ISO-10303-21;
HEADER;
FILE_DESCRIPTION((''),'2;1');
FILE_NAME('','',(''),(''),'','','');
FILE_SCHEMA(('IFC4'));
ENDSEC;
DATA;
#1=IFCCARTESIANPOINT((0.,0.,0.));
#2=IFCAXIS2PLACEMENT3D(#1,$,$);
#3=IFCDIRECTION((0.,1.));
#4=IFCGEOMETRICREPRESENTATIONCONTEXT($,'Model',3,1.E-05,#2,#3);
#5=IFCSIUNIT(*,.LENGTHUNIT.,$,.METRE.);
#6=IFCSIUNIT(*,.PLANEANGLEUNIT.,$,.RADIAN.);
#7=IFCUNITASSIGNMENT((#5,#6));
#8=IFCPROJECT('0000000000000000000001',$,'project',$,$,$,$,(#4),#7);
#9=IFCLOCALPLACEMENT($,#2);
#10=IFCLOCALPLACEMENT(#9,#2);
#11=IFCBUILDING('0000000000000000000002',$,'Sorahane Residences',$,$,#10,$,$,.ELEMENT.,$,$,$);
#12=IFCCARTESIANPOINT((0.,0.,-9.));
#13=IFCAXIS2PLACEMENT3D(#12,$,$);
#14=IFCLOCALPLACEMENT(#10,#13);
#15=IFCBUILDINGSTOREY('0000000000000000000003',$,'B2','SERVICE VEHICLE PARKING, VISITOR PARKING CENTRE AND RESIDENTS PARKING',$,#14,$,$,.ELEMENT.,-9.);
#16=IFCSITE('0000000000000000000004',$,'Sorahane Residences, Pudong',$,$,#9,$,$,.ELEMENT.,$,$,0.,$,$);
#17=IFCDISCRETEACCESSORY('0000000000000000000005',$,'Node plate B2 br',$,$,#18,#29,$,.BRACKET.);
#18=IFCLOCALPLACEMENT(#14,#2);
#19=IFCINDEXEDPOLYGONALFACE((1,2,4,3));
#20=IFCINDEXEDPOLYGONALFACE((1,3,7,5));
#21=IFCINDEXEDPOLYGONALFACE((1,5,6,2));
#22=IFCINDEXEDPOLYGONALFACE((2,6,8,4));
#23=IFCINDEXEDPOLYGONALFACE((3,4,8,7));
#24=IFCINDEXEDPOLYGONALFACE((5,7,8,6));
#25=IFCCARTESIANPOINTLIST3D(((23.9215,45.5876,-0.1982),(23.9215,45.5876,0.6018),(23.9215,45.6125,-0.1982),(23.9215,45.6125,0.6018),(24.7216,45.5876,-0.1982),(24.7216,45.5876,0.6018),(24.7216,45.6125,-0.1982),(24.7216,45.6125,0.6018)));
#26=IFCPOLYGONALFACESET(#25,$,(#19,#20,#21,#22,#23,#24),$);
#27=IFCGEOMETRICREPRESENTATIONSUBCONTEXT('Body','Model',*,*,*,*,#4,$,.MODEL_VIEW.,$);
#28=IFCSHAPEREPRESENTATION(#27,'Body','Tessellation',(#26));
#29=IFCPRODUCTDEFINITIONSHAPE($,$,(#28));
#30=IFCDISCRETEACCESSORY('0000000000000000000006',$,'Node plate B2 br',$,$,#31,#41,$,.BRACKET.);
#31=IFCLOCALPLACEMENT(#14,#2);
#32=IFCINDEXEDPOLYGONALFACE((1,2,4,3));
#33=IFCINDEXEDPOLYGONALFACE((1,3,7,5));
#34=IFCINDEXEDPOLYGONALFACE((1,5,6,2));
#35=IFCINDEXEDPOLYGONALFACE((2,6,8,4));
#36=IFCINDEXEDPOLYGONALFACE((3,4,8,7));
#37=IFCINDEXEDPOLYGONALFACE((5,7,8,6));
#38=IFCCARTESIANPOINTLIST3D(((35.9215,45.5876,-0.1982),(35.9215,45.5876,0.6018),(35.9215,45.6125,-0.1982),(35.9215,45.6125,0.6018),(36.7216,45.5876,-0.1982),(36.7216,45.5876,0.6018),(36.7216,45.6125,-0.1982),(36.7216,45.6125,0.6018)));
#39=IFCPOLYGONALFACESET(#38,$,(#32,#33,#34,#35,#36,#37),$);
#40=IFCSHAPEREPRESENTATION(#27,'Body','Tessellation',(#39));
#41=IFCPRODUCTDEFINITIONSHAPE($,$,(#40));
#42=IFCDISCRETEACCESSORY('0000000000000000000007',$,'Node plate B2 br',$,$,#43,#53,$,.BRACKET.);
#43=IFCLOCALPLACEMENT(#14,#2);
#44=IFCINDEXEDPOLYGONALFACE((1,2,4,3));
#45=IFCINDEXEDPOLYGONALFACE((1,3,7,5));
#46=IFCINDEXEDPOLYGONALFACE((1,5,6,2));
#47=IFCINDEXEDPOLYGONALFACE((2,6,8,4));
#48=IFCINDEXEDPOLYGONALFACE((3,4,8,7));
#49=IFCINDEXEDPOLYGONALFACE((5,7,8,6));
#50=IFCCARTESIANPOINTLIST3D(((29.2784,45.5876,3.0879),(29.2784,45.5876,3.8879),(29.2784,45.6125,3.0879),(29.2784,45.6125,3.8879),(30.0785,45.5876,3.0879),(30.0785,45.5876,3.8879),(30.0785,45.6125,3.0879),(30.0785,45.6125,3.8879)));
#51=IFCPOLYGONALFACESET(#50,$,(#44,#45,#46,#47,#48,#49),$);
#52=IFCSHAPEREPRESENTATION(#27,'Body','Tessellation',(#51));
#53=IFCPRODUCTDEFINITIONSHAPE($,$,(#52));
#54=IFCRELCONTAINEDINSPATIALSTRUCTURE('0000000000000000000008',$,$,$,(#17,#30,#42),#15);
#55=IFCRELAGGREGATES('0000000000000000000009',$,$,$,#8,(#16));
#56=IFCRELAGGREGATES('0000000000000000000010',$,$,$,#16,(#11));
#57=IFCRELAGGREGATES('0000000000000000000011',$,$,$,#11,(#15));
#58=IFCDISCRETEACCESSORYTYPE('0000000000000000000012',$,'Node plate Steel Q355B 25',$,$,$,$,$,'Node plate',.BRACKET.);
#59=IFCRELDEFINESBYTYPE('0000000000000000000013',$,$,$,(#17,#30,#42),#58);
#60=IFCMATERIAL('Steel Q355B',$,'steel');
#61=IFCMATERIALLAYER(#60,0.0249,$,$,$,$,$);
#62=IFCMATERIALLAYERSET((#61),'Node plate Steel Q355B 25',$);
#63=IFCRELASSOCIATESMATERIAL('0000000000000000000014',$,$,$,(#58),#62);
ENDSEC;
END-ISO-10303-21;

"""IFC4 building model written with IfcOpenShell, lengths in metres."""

from ifc_helpers import new_model, si_unit, direction, frame, origin, origin_2d, place, context, subcontext, project, spatial, rectangle, extrude, material, layer, layer_set, type_object, element, save


model = new_model("IFC4")

# Units and contexts
model_context = context("Model", 3, precision=1e-05, world=origin(), true_north=direction((0.0, 1.0)))
body_context = subcontext(model_context, "Body", "Model", "MODEL_VIEW")
ifc_project = project(units=[si_unit("LENGTHUNIT", "METRE"), si_unit("PLANEANGLEUNIT", "RADIAN")], contexts=[model_context])

# Site, building, storey
site_placement = place(None, origin())
site = spatial("IfcSite", under=ifc_project, at=site_placement, Name="Sorahane Residences, Pudong", CompositionType="ELEMENT", RefElevation=0.0)
building_placement = place(site_placement, origin())
building = spatial("IfcBuilding", under=site, at=building_placement, Name="Sorahane Residences", CompositionType="ELEMENT")
storey_placement = place(building_placement, frame((0.0, 0.0, -9.0)))
storey = spatial("IfcBuildingStorey", under=building, at=storey_placement, Name="B2", Description="SERVICE VEHICLE PARKING, VISITOR PARKING CENTRE AND RESIDENTS PARKING", CompositionType="ELEMENT", Elevation=-9.0)

# Discrete accessories
ifc_material_1 = material(Name="Steel Q355B", Category="steel")
ifc_layer_1 = layer(ifc_material_1, 0.0249)
ifc_layer_set_1 = layer_set([ifc_layer_1], Name="Node plate Steel Q355B 25")
discrete_accessory_type = type_object("IfcDiscreteAccessoryType", Name="Node plate Steel Q355B 25", ElementType="Node plate", PredefinedType="BRACKET", material=ifc_layer_set_1)
for number, where, z_axis, x_axis, name in (
    (1, (24.3215, 45.6001, -0.1982), (0.0, 0.0, 1.0), (1.0, 0.0, 0.0), "Node plate B2 br"),
    (2, (36.3215, 45.6001, -0.1982), (0.0, 0.0, 1.0), (1.0, 0.0, 0.0), "Node plate B2 br"),
    (3, (29.6785, 45.6001, 3.0879), (0.0, 0.0, 1.0), (1.0, 0.0, 0.0), "Node plate B2 br"),
):
    element("IfcDiscreteAccessory", number, at=place(storey_placement, frame(where, z_axis=z_axis, x_axis=x_axis)), inside=storey, type_object=discrete_accessory_type, Name=name, PredefinedType="BRACKET", context=body_context, shape_type="SweptSolid", body=[
        extrude(rectangle(XDim=0.8, YDim=0.0249, at=origin_2d()), origin(), (0.0, 0.0, 1.0), 0.8),
    ])

save(model, "model.ifc")
